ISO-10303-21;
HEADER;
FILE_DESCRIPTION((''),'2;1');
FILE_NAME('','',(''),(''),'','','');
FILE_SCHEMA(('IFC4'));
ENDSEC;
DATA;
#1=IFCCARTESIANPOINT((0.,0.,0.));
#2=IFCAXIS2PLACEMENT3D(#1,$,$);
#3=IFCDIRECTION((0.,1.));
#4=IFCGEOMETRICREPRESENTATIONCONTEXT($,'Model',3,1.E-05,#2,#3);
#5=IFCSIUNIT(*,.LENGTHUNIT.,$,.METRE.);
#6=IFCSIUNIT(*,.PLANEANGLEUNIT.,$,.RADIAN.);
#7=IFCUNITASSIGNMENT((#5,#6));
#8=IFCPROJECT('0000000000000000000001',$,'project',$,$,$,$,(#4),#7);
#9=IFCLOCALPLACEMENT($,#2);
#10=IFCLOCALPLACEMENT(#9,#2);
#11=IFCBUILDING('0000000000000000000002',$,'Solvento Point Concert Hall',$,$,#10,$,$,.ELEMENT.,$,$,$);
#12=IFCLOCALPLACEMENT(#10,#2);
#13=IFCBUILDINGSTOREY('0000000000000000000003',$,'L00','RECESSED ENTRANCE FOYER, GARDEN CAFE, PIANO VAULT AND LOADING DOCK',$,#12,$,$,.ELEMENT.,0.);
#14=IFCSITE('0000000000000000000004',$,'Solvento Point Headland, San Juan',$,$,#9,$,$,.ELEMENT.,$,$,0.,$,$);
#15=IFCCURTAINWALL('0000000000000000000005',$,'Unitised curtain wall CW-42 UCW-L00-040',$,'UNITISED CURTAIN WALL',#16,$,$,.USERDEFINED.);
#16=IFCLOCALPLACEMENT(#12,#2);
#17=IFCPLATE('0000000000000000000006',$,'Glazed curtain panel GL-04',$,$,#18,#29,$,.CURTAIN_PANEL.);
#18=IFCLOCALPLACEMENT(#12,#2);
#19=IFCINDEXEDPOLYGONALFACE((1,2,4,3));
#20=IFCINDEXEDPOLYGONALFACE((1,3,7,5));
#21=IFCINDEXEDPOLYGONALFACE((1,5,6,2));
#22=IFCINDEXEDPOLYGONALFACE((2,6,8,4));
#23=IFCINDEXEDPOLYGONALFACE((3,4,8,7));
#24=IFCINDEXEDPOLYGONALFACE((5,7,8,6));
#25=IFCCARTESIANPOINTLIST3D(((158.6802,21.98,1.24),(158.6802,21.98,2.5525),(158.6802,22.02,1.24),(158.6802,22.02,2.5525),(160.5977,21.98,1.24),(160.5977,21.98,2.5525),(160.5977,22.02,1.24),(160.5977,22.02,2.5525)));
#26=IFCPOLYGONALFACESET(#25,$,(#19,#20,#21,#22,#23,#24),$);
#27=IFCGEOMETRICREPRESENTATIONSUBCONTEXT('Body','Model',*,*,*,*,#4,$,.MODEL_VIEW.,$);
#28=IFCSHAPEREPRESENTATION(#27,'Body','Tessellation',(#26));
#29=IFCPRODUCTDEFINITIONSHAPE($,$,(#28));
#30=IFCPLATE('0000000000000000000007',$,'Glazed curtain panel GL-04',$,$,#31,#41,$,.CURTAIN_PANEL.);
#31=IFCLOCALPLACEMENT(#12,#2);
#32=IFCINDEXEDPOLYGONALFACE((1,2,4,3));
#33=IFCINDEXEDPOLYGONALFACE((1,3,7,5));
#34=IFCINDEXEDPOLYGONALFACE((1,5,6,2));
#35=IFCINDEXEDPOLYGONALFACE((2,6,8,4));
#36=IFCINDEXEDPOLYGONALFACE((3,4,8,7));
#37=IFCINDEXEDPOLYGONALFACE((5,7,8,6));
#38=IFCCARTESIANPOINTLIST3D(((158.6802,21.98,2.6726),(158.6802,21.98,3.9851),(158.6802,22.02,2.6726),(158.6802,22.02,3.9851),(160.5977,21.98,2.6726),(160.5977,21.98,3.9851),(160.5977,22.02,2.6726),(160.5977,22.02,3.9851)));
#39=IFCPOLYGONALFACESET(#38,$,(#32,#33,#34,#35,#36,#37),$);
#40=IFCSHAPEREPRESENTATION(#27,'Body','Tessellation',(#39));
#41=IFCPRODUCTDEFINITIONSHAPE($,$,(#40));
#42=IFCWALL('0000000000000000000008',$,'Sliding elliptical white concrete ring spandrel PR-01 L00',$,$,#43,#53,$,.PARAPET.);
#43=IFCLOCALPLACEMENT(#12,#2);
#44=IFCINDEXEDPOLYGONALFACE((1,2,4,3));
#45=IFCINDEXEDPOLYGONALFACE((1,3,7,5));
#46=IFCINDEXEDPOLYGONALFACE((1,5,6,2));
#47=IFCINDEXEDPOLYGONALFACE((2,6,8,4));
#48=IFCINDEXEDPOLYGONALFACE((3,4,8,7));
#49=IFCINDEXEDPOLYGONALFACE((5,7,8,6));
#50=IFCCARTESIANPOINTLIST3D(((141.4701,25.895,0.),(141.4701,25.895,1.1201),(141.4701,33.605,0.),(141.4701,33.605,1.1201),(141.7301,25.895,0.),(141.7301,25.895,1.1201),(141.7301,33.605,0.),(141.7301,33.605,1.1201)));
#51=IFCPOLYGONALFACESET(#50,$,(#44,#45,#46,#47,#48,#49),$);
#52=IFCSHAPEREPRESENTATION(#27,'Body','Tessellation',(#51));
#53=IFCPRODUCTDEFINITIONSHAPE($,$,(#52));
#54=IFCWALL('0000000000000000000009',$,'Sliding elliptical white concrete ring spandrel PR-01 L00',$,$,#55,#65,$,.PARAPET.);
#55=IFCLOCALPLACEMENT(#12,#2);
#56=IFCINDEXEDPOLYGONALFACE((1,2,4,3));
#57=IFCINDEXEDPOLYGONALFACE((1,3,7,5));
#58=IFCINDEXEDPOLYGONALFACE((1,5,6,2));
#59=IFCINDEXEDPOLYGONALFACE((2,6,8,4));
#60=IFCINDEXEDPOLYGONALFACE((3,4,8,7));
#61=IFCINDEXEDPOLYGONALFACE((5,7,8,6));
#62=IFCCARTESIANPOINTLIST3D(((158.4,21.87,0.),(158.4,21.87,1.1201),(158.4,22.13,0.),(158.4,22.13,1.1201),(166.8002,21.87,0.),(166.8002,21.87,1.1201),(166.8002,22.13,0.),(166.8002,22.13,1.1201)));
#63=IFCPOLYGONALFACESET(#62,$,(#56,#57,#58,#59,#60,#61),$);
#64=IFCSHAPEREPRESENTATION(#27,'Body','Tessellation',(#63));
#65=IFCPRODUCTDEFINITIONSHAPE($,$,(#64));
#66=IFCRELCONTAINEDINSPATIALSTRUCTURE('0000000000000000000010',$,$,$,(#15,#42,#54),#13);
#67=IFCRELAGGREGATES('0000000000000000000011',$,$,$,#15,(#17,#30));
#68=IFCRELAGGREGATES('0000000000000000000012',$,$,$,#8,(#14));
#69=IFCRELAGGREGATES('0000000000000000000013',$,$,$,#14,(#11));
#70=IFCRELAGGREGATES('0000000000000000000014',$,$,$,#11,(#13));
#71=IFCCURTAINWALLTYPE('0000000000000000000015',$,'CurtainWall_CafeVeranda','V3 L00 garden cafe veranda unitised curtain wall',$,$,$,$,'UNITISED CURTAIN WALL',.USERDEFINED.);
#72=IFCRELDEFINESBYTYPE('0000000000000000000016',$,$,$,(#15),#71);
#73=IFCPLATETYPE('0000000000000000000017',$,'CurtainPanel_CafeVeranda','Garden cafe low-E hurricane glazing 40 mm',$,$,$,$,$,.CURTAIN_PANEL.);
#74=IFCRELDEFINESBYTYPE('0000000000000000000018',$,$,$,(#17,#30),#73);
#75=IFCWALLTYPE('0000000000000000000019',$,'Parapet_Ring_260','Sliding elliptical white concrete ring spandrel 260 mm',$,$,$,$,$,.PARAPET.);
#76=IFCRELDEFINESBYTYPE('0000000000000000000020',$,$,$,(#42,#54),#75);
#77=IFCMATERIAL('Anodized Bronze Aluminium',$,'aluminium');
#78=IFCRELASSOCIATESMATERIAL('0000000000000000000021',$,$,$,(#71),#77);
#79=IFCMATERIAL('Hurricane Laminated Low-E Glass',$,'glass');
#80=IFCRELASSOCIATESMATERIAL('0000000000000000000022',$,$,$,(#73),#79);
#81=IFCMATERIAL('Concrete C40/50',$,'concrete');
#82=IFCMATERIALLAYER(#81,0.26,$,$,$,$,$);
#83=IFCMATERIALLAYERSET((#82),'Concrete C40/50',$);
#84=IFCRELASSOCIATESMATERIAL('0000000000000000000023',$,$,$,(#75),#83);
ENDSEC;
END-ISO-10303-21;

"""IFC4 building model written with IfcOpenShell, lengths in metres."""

from ifc_helpers import new_model, si_unit, direction, frame, frame_2d, origin, origin_2d, place, context, subcontext, project, spatial, rectangle, extrude, material, layer, layer_set, type_object, element, aggregate, save


model = new_model("IFC4")

# Units and contexts
model_context = context("Model", 3, precision=1e-05, world=origin(), true_north=direction((0.0, 1.0)))
body_context = subcontext(model_context, "Body", "Model", "MODEL_VIEW")
ifc_project = project(units=[si_unit("LENGTHUNIT", "METRE"), si_unit("PLANEANGLEUNIT", "RADIAN")], contexts=[model_context])

# Site, building, storey
site_placement = place(None, origin())
site = spatial("IfcSite", under=ifc_project, at=site_placement, Name="Solvento Point Headland, San Juan", CompositionType="ELEMENT", RefElevation=0.0)
building_placement = place(site_placement, origin())
building = spatial("IfcBuilding", under=site, at=building_placement, Name="Solvento Point Concert Hall", CompositionType="ELEMENT")
storey_placement = place(building_placement, origin())
storey = spatial("IfcBuildingStorey", under=building, at=storey_placement, Name="L00", Description="RECESSED ENTRANCE FOYER, GARDEN CAFE, PIANO VAULT AND LOADING DOCK", CompositionType="ELEMENT", Elevation=0.0)

# Curtain wall
ifc_material_1 = material(Name="Anodized Bronze Aluminium", Category="aluminium")
curtain_wall_type = type_object("IfcCurtainWallType", Name="CurtainWall_CafeVeranda", Description="V3 L00 garden cafe veranda unitised curtain wall", ElementType="UNITISED CURTAIN WALL", PredefinedType="USERDEFINED", material=ifc_material_1)
curtain_wall_1_placement = place(storey_placement, origin())
curtain_wall_1 = element("IfcCurtainWall", 1, at=curtain_wall_1_placement, inside=storey, type_object=curtain_wall_type, Name="Unitised curtain wall CW-42 UCW-L00-040", ObjectType="UNITISED CURTAIN WALL", PredefinedType="USERDEFINED")

# Plates
ifc_material_2 = material(Name="Hurricane Laminated Low-E Glass", Category="glass")
plate_type = type_object("IfcPlateType", Name="CurtainPanel_CafeVeranda", Description="Garden cafe low-E hurricane glazing 40 mm", PredefinedType="CURTAIN_PANEL", material=ifc_material_2)
plate_1_placement = place(storey_placement, frame((159.6389, 22.0, 1.24), z_axis=(0.0, 0.0, 1.0), x_axis=(1.0, 0.0, 0.0)))
plate_1 = element("IfcPlate", 2, at=plate_1_placement, type_object=plate_type, Name="Glazed curtain panel GL-04", PredefinedType="CURTAIN_PANEL", context=body_context, shape_type="SweptSolid", body=[
    extrude(rectangle(XDim=1.9175, YDim=0.04, at=origin_2d()), origin(), (0.0, 0.0, 1.0), 1.3125),
])
plate_2_placement = place(storey_placement, frame((159.6389, 22.0, 2.6726), z_axis=(0.0, 0.0, 1.0), x_axis=(1.0, 0.0, 0.0)))
plate_2 = element("IfcPlate", 3, at=plate_2_placement, type_object=plate_type, Name="Glazed curtain panel GL-04", PredefinedType="CURTAIN_PANEL", context=body_context, shape_type="SweptSolid", body=[
    extrude(rectangle(XDim=1.9175, YDim=0.04, at=origin_2d()), origin(), (0.0, 0.0, 1.0), 1.3125),
])
aggregate(curtain_wall_1, [plate_1, plate_2])

# Walls
ifc_material_3 = material(Name="Concrete C40/50", Category="concrete")
ifc_layer = layer(ifc_material_3, 0.26)
ifc_layer_set = layer_set([ifc_layer], Name="Concrete C40/50")
wall_type = type_object("IfcWallType", Name="Parapet_Ring_260", Description="Sliding elliptical white concrete ring spandrel 260 mm", PredefinedType="PARAPET", material=ifc_layer_set)
wall_1_placement = place(storey_placement, frame((141.6001, 33.605, 0.0), z_axis=(0.0, 0.0, 1.0), x_axis=(0.0, -1.0, 0.0)))
element("IfcWall", 4, at=wall_1_placement, inside=storey, type_object=wall_type, Name="Sliding elliptical white concrete ring spandrel PR-01 L00", PredefinedType="PARAPET", context=body_context, shape_type="SweptSolid", body=[
    extrude(rectangle(XDim=7.71, YDim=0.26, at=frame_2d((3.855, 0.0))), origin(), (0.0, 0.0, 1.0), 1.1201),
])
wall_2_placement = place(storey_placement, frame((158.3999, 22.0, 0.0), z_axis=(0.0, 0.0, 1.0), x_axis=(1.0, 0.0, 0.0)))
element("IfcWall", 5, at=wall_2_placement, inside=storey, type_object=wall_type, Name="Sliding elliptical white concrete ring spandrel PR-01 L00", PredefinedType="PARAPET", context=body_context, shape_type="SweptSolid", body=[
    extrude(rectangle(XDim=8.4001, YDim=0.26, at=frame_2d((4.2002, 0.0))), origin(), (0.0, 0.0, 1.0), 1.1201),
])

save(model, "model.ifc")
